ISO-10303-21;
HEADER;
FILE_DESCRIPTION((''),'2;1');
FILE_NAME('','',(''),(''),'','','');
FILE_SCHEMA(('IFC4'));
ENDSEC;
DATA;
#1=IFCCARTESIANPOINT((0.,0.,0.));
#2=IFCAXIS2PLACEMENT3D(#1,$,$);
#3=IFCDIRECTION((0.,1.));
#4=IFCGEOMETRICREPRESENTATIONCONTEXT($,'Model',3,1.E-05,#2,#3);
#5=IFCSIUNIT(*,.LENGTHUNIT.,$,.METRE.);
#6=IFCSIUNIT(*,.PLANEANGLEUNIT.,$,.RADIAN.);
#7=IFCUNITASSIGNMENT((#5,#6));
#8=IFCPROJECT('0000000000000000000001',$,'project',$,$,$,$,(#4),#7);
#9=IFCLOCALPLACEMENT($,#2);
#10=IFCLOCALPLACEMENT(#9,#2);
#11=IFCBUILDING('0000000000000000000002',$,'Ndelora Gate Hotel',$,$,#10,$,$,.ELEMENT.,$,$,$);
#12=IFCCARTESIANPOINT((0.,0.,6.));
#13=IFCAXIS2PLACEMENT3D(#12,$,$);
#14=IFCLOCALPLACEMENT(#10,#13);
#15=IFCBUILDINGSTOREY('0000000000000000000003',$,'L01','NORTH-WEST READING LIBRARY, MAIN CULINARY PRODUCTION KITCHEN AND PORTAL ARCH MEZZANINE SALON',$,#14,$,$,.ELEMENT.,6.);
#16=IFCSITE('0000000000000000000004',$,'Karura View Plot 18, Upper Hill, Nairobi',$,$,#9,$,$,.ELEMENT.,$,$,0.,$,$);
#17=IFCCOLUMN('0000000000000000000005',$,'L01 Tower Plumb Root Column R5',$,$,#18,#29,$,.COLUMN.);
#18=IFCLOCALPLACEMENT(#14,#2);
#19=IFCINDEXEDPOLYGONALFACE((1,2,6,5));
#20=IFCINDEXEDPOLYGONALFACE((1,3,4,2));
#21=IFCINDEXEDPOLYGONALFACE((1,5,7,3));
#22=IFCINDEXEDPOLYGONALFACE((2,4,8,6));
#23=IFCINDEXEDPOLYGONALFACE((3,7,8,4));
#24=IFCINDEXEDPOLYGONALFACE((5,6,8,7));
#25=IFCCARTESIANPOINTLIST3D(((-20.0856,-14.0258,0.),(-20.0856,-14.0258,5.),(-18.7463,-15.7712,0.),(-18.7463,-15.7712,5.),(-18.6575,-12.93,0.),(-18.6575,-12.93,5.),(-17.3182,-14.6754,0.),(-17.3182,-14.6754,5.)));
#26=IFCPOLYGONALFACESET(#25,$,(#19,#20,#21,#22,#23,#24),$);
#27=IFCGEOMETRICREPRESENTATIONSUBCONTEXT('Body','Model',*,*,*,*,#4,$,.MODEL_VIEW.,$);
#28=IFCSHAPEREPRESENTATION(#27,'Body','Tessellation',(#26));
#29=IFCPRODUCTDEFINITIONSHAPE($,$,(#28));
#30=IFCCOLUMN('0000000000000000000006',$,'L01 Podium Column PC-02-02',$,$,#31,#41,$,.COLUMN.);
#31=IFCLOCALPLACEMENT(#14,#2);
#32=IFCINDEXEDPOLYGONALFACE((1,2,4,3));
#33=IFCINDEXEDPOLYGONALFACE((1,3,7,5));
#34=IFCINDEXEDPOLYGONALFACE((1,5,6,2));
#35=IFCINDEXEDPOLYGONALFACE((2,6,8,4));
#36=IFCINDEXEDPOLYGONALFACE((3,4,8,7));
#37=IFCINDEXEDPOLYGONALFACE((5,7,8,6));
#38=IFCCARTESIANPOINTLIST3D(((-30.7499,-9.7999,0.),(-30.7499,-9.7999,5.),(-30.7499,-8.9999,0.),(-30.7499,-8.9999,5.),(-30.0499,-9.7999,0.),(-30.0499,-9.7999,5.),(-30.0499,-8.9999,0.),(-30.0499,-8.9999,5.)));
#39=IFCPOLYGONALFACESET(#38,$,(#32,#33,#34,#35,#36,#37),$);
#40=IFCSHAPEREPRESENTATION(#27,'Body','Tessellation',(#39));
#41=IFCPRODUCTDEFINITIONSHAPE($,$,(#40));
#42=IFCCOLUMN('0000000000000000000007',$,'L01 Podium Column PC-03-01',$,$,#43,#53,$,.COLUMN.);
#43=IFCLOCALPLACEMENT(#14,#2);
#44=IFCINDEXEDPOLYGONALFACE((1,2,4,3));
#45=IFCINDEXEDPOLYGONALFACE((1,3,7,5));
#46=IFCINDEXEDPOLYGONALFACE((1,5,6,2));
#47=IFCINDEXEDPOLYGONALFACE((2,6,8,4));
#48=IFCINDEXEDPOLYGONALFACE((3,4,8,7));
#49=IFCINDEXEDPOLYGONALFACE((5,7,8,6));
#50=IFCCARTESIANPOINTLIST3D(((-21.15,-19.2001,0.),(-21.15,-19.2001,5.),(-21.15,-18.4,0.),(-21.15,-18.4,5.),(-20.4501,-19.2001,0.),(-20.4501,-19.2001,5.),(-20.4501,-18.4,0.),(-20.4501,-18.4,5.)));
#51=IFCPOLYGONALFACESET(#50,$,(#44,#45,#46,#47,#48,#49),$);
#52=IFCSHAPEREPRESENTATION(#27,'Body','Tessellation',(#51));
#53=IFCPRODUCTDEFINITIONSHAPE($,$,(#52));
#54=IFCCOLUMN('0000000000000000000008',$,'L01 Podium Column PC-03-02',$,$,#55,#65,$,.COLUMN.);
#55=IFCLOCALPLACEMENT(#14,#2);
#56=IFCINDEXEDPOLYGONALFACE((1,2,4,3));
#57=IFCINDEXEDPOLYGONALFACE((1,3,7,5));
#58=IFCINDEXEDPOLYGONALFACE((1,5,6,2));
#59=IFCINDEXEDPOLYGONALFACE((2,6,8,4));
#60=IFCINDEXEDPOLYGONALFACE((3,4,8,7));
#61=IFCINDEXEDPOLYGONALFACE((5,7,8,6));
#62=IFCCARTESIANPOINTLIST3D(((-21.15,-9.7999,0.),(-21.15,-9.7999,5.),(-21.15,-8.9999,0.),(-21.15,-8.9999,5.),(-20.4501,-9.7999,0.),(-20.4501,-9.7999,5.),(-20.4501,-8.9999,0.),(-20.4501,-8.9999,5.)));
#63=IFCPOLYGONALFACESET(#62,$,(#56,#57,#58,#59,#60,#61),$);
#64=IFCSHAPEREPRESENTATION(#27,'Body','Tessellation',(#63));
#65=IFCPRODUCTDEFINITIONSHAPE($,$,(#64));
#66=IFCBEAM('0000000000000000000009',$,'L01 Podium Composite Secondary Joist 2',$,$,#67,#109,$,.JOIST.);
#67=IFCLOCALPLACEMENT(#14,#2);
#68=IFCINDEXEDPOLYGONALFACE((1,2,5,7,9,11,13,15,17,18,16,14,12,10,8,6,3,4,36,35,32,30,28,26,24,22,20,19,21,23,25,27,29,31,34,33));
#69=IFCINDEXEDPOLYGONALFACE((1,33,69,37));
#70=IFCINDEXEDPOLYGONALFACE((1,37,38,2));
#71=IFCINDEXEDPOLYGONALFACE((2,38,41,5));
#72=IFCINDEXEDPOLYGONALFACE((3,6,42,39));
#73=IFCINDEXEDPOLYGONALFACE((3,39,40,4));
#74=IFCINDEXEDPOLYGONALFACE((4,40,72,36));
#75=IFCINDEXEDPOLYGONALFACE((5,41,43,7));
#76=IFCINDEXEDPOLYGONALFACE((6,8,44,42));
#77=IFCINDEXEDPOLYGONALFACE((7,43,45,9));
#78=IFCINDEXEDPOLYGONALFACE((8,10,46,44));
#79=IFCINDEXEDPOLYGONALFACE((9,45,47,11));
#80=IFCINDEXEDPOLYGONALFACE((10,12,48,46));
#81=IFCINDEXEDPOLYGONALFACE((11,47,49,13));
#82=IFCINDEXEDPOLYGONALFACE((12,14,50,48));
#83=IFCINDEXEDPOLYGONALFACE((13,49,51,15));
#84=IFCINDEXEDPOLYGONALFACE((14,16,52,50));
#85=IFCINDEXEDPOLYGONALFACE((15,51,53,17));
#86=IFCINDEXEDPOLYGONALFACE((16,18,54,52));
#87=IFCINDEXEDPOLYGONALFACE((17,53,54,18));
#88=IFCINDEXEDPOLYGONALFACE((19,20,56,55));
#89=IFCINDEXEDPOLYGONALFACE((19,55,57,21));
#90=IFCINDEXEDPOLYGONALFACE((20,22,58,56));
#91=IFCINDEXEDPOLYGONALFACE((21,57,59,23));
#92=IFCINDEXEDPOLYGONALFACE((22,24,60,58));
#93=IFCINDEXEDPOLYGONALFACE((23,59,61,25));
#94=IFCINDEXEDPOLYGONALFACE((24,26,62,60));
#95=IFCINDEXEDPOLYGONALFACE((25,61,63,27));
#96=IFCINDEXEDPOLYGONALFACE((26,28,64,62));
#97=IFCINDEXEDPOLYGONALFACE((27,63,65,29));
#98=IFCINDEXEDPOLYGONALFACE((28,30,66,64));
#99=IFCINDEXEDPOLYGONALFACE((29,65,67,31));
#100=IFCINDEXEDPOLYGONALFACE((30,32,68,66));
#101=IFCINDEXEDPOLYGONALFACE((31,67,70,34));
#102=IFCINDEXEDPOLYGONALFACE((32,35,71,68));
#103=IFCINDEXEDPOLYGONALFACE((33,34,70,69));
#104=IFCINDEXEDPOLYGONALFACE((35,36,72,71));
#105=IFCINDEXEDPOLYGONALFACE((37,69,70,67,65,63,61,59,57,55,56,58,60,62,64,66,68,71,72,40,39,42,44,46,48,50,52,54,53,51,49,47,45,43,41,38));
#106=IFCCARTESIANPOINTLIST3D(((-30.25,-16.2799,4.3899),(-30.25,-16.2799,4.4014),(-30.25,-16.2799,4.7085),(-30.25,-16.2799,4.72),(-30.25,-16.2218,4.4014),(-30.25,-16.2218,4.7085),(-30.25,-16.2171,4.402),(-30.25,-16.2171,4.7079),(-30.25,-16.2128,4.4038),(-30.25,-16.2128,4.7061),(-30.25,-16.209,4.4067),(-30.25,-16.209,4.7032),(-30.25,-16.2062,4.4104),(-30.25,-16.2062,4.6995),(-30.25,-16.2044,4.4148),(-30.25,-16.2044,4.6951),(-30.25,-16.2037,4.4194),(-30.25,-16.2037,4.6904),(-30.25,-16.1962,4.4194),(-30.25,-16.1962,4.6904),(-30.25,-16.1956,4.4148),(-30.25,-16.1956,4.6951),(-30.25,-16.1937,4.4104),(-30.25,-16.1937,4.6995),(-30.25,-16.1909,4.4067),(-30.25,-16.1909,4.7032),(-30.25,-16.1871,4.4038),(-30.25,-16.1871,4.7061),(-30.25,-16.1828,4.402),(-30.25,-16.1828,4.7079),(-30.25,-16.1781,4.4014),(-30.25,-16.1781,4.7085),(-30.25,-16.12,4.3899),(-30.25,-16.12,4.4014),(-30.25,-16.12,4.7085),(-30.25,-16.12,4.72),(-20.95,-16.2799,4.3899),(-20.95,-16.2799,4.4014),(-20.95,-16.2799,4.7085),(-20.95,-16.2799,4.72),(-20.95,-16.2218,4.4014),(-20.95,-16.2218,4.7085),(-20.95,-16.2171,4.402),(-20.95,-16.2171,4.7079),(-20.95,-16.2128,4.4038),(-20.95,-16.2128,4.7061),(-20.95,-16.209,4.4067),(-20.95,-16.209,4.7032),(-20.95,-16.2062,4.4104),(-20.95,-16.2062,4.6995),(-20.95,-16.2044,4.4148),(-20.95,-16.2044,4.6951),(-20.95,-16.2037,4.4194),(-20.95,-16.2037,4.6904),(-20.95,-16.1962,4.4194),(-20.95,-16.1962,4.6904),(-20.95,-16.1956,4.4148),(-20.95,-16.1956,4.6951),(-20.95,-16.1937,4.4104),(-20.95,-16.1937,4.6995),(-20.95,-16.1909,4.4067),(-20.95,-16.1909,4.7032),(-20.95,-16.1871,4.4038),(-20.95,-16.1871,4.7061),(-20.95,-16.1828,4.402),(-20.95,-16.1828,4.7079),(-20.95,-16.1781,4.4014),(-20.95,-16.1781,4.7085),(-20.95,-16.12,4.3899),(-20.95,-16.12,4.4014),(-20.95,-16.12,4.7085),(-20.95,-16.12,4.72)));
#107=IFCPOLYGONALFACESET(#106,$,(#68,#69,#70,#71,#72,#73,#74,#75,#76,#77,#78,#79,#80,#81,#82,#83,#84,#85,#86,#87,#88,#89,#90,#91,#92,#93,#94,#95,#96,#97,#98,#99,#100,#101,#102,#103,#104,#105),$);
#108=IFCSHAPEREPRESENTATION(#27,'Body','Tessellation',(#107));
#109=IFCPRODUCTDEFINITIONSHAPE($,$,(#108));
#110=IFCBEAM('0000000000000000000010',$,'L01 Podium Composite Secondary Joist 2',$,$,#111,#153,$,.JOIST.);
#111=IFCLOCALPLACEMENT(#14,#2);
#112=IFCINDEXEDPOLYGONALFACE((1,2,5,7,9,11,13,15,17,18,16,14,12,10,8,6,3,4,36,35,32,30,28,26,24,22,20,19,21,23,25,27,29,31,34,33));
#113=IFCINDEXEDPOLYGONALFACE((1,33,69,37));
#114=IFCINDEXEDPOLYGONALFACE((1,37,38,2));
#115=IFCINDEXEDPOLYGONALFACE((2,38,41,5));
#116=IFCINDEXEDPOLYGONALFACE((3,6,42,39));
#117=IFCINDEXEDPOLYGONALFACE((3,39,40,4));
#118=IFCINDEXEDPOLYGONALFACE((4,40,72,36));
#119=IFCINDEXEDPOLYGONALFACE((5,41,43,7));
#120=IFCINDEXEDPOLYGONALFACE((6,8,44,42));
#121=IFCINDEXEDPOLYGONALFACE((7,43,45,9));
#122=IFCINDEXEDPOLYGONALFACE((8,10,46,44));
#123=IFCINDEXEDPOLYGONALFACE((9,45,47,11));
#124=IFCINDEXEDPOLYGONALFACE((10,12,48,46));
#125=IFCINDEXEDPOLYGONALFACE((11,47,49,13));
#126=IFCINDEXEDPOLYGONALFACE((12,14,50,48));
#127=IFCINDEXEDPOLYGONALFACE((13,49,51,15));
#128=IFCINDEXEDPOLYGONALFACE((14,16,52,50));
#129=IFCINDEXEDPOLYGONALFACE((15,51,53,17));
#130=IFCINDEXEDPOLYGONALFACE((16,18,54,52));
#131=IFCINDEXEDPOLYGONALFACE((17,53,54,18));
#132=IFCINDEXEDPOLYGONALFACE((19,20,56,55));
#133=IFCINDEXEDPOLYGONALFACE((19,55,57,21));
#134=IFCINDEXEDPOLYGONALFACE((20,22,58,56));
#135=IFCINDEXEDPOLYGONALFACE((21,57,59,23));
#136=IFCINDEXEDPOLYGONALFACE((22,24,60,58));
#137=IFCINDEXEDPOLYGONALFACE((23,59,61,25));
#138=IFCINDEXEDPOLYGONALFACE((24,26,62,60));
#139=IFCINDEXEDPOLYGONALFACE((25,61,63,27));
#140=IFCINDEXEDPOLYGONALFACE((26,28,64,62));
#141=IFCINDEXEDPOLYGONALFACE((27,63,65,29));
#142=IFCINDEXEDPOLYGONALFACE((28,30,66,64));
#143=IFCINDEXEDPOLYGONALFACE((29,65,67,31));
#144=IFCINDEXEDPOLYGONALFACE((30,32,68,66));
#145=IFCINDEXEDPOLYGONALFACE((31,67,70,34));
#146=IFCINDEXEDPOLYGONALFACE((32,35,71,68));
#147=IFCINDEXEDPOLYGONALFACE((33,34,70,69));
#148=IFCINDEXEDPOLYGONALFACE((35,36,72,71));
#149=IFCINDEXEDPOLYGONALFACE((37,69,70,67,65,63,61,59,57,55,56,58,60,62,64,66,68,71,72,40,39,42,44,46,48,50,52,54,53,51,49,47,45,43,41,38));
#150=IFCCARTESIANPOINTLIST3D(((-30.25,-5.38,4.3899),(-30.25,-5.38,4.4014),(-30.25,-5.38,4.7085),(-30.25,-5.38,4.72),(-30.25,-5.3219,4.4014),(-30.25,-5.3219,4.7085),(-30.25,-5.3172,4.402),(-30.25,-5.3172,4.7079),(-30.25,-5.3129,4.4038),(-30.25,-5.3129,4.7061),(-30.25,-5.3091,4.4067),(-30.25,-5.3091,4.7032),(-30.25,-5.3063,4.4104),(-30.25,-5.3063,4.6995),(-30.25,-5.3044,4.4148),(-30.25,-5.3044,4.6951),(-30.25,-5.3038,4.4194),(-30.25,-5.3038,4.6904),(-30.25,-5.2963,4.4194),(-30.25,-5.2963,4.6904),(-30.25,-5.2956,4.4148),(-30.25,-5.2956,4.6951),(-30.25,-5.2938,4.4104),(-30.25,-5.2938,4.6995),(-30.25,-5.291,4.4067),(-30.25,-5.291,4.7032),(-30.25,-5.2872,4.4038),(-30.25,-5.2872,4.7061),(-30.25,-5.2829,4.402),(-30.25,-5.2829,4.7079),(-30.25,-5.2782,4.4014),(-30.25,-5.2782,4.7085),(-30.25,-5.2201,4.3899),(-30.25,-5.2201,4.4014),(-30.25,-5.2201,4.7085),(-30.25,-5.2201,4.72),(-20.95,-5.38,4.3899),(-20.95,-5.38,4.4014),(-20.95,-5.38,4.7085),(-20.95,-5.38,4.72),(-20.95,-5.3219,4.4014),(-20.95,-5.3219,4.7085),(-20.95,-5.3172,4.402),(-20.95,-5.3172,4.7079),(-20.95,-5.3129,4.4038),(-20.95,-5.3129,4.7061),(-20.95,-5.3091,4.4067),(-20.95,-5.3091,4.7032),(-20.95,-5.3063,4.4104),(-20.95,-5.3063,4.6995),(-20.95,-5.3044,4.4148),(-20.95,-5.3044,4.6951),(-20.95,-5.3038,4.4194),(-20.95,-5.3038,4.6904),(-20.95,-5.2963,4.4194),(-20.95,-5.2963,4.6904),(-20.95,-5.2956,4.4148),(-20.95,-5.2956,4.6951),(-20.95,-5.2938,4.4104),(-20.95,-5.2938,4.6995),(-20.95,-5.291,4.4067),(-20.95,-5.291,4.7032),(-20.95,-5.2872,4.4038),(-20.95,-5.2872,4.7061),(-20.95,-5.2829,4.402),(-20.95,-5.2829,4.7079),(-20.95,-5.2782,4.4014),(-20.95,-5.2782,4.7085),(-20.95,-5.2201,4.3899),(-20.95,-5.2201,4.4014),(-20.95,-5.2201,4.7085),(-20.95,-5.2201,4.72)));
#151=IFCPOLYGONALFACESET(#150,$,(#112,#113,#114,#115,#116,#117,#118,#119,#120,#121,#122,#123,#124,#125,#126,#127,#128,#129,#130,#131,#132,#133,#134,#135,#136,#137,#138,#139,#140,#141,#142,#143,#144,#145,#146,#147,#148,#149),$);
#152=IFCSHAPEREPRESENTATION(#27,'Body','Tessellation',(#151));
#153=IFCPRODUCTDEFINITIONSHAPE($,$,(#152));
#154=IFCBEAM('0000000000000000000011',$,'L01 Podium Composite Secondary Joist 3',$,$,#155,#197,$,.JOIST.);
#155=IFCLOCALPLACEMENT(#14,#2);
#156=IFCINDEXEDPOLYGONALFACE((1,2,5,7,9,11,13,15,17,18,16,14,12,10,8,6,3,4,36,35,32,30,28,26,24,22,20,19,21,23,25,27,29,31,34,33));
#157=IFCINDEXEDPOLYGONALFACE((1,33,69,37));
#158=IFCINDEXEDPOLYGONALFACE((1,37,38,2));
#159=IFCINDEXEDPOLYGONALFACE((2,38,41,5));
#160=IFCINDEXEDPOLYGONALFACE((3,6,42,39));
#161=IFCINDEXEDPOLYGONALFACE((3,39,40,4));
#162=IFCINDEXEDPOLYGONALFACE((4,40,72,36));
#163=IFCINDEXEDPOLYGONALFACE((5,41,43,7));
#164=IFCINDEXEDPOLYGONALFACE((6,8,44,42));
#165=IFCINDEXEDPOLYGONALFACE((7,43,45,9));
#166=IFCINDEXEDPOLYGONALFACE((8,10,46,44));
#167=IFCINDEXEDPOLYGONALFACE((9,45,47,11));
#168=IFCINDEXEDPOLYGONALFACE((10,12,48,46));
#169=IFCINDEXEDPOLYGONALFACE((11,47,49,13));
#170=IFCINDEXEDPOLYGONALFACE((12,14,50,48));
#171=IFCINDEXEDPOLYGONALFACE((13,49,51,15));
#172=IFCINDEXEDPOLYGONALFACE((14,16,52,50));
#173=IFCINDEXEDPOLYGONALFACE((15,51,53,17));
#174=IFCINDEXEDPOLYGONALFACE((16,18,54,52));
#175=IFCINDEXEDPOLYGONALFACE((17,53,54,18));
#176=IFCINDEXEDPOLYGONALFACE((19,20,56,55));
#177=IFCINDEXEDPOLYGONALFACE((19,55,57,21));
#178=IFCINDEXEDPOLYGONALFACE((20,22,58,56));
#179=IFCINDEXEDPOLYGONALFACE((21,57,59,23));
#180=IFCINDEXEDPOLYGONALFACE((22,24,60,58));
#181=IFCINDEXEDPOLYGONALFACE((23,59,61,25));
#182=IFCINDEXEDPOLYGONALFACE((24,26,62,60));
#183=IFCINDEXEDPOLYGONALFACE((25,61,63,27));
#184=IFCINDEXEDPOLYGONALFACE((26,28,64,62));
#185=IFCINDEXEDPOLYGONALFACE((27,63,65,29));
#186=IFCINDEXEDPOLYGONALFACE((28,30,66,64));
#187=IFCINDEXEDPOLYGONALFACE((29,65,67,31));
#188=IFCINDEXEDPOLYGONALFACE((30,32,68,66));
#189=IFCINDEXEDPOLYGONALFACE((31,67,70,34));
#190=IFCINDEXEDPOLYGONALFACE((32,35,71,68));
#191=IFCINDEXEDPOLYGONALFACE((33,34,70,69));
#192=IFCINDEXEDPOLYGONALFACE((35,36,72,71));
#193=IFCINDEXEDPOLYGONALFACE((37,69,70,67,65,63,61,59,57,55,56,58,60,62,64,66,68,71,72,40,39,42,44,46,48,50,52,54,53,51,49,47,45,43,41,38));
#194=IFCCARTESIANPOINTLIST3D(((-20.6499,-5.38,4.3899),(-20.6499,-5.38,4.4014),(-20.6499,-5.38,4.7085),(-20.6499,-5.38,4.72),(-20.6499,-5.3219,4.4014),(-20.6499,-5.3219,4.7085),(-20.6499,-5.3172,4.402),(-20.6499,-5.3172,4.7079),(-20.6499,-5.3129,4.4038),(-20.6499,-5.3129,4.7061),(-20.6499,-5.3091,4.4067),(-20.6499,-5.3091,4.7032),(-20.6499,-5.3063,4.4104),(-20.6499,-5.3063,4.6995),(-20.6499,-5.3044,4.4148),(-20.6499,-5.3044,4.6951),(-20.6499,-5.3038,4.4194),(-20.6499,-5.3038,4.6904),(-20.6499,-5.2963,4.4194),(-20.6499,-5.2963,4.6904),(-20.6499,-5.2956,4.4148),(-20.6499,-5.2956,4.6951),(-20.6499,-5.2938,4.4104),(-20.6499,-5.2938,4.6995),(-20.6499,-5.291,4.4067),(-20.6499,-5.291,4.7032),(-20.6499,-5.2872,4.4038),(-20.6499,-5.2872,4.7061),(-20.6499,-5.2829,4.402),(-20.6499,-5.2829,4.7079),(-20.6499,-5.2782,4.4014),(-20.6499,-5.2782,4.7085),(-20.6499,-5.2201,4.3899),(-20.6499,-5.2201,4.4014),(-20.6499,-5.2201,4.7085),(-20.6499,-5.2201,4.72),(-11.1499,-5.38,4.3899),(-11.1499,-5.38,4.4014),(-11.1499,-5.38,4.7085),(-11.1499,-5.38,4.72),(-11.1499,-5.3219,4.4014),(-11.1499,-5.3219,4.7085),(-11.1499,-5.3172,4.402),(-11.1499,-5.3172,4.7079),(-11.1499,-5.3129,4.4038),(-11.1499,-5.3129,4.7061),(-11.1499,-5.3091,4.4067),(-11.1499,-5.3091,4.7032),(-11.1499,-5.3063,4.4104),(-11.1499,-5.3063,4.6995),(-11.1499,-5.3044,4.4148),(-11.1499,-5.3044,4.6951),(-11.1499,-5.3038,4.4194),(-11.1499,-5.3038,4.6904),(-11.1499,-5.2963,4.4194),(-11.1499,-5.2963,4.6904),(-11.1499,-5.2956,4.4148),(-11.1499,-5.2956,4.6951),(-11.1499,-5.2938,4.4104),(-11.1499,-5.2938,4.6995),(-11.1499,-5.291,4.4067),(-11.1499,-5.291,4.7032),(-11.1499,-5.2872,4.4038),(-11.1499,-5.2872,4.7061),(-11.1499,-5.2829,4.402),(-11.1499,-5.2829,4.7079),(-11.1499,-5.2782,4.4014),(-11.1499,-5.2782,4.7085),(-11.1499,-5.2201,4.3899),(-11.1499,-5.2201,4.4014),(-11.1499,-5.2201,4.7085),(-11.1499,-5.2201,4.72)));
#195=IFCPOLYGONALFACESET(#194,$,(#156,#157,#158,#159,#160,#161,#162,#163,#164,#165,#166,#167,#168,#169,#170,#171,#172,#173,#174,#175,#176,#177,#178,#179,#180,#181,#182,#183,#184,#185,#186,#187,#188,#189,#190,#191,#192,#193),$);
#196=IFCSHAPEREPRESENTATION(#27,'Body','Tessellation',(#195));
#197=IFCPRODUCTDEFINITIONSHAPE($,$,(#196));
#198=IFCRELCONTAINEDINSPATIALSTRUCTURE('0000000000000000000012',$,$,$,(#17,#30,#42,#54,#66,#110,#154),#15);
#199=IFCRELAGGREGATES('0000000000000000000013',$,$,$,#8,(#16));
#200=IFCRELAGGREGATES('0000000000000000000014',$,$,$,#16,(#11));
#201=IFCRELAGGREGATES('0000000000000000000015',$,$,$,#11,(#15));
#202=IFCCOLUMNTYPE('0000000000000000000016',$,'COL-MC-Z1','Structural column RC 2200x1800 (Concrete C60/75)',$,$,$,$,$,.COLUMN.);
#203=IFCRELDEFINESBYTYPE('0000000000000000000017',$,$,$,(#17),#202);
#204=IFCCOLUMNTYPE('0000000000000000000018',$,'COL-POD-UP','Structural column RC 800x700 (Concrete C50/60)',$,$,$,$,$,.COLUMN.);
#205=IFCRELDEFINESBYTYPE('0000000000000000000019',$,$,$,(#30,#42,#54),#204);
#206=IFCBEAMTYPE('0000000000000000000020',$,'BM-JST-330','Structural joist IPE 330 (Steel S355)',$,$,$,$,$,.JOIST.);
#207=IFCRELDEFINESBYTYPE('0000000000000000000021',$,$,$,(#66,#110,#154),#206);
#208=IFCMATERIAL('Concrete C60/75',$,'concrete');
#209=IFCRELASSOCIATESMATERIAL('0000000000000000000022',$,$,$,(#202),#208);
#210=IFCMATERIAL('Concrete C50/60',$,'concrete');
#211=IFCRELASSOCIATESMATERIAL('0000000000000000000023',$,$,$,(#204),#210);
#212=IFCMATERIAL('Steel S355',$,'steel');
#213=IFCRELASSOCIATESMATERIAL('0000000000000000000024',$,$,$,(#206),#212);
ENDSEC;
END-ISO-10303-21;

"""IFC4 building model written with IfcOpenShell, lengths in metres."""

from ifc_helpers import new_model, si_unit, direction, frame, origin, origin_2d, place, context, subcontext, project, spatial, rectangle, i_section, extrude, material, material_profile, profile_set, type_object, element, save


model = new_model("IFC4")

# Units and contexts
model_context = context("Model", 3, precision=1e-05, world=origin(), true_north=direction((0.0, 1.0)))
body_context = subcontext(model_context, "Body", "Model", "MODEL_VIEW")
ifc_project = project(units=[si_unit("LENGTHUNIT", "METRE"), si_unit("PLANEANGLEUNIT", "RADIAN")], contexts=[model_context])

# Site, building, storey
site_placement = place(None, origin())
site = spatial("IfcSite", under=ifc_project, at=site_placement, Name="Karura View Plot 18, Upper Hill, Nairobi", CompositionType="ELEMENT", RefElevation=0.0)
building_placement = place(site_placement, origin())
building = spatial("IfcBuilding", under=site, at=building_placement, Name="Ndelora Gate Hotel", CompositionType="ELEMENT")
storey_placement = place(building_placement, frame((0.0, 0.0, 6.0)))
storey = spatial("IfcBuildingStorey", under=building, at=storey_placement, Name="L01", Description="NORTH-WEST READING LIBRARY, MAIN CULINARY PRODUCTION KITCHEN AND PORTAL ARCH MEZZANINE SALON", CompositionType="ELEMENT", Elevation=6.0)

# Columns
ifc_material_1 = material(Name="Concrete C60/75", Category="concrete")
ifc_material_profile_1 = material_profile(ifc_material_1, rectangle(XDim=1.8, YDim=2.2, at=origin_2d()), Name="RC 2200x1800")
ifc_profile_set_1 = profile_set([ifc_material_profile_1], Name="Concrete C60/75")
column_type_1 = type_object("IfcColumnType", Name="COL-MC-Z1", Description="Structural column RC 2200x1800 (Concrete C60/75)", PredefinedType="COLUMN", material=ifc_profile_set_1)
column_placement = place(storey_placement, frame((-18.7019, -14.3506, 0.0), z_axis=(0.0, 0.0, 1.0), x_axis=(0.793353, 0.608761, 0.0)))
element("IfcColumn", 1, at=column_placement, inside=storey, type_object=column_type_1, Name="L01 Tower Plumb Root Column R5", PredefinedType="COLUMN", context=body_context, shape_type="SweptSolid", body=[
    extrude(rectangle(XDim=1.8, YDim=2.2, at=origin_2d()), origin(), (0.0, 0.0, 1.0), 5.0),
])
ifc_material_2 = material(Name="Concrete C50/60", Category="concrete")
ifc_material_profile_2 = material_profile(ifc_material_2, rectangle(XDim=0.7, YDim=0.8, at=origin_2d()), Name="RC 800x700")
ifc_profile_set_2 = profile_set([ifc_material_profile_2], Name="Concrete C50/60")
column_type_2 = type_object("IfcColumnType", Name="COL-POD-UP", Description="Structural column RC 800x700 (Concrete C50/60)", PredefinedType="COLUMN", material=ifc_profile_set_2)
for number, where, z_axis, x_axis, name in (
    (2, (-30.3999, -9.3999, 0.0), (0.0, 0.0, 1.0), (1.0, 0.0, 0.0), "L01 Podium Column PC-02-02"),
    (3, (-20.8, -18.8, 0.0), (0.0, 0.0, 1.0), (1.0, 0.0, 0.0), "L01 Podium Column PC-03-01"),
    (4, (-20.8, -9.3999, 0.0), (0.0, 0.0, 1.0), (1.0, 0.0, 0.0), "L01 Podium Column PC-03-02"),
):
    element("IfcColumn", number, at=place(storey_placement, frame(where, z_axis=z_axis, x_axis=x_axis)), inside=storey, type_object=column_type_2, Name=name, PredefinedType="COLUMN", context=body_context, shape_type="SweptSolid", body=[
        extrude(rectangle(XDim=0.7, YDim=0.8, at=origin_2d()), origin(), (0.0, 0.0, 1.0), 5.0),
    ])

# Beams
ifc_material_3 = material(Name="Steel S355", Category="steel")
ifc_material_profile_3 = material_profile(ifc_material_3, i_section(OverallWidth=0.1599, OverallDepth=0.3301, WebThickness=0.0076, FlangeThickness=0.0115, FilletRadius=0.0181, at=origin_2d()), Name="IPE 330")
ifc_profile_set_3 = profile_set([ifc_material_profile_3], Name="Steel S355")
beam_type_1 = type_object("IfcBeamType", Name="BM-JST-330", Description="Structural joist IPE 330 (Steel S355)", PredefinedType="JOIST", material=ifc_profile_set_3)
for number, where, z_axis, x_axis, name in (
    (5, (-30.25, -16.2, 4.5549), (1.0, 0.0, 0.0), (0.0, 1.0, 0.0), "L01 Podium Composite Secondary Joist 2"),
    (6, (-30.25, -5.3, 4.5549), (1.0, 0.0, 0.0), (0.0, 1.0, 0.0), "L01 Podium Composite Secondary Joist 2"),
):
    element("IfcBeam", number, at=place(storey_placement, frame(where, z_axis=z_axis, x_axis=x_axis)), inside=storey, type_object=beam_type_1, Name=name, PredefinedType="JOIST", context=body_context, shape_type="SweptSolid", body=[
        extrude(i_section(OverallWidth=0.1599, OverallDepth=0.3301, WebThickness=0.0076, FlangeThickness=0.0115, FilletRadius=0.0181, at=origin_2d()), origin(), (0.0, 0.0, 1.0), 9.3),
    ])
beam_1_placement = place(storey_placement, frame((-20.6499, -5.3, 4.5549), z_axis=(1.0, 0.0, 0.0), x_axis=(0.0, 1.0, 0.0)))
element("IfcBeam", 7, at=beam_1_placement, inside=storey, type_object=beam_type_1, Name="L01 Podium Composite Secondary Joist 3", PredefinedType="JOIST", context=body_context, shape_type="SweptSolid", body=[
    extrude(i_section(OverallWidth=0.1599, OverallDepth=0.3301, WebThickness=0.0076, FlangeThickness=0.0115, FilletRadius=0.0181, at=origin_2d()), origin(), (0.0, 0.0, 1.0), 9.5),
])

save(model, "model.ifc")
